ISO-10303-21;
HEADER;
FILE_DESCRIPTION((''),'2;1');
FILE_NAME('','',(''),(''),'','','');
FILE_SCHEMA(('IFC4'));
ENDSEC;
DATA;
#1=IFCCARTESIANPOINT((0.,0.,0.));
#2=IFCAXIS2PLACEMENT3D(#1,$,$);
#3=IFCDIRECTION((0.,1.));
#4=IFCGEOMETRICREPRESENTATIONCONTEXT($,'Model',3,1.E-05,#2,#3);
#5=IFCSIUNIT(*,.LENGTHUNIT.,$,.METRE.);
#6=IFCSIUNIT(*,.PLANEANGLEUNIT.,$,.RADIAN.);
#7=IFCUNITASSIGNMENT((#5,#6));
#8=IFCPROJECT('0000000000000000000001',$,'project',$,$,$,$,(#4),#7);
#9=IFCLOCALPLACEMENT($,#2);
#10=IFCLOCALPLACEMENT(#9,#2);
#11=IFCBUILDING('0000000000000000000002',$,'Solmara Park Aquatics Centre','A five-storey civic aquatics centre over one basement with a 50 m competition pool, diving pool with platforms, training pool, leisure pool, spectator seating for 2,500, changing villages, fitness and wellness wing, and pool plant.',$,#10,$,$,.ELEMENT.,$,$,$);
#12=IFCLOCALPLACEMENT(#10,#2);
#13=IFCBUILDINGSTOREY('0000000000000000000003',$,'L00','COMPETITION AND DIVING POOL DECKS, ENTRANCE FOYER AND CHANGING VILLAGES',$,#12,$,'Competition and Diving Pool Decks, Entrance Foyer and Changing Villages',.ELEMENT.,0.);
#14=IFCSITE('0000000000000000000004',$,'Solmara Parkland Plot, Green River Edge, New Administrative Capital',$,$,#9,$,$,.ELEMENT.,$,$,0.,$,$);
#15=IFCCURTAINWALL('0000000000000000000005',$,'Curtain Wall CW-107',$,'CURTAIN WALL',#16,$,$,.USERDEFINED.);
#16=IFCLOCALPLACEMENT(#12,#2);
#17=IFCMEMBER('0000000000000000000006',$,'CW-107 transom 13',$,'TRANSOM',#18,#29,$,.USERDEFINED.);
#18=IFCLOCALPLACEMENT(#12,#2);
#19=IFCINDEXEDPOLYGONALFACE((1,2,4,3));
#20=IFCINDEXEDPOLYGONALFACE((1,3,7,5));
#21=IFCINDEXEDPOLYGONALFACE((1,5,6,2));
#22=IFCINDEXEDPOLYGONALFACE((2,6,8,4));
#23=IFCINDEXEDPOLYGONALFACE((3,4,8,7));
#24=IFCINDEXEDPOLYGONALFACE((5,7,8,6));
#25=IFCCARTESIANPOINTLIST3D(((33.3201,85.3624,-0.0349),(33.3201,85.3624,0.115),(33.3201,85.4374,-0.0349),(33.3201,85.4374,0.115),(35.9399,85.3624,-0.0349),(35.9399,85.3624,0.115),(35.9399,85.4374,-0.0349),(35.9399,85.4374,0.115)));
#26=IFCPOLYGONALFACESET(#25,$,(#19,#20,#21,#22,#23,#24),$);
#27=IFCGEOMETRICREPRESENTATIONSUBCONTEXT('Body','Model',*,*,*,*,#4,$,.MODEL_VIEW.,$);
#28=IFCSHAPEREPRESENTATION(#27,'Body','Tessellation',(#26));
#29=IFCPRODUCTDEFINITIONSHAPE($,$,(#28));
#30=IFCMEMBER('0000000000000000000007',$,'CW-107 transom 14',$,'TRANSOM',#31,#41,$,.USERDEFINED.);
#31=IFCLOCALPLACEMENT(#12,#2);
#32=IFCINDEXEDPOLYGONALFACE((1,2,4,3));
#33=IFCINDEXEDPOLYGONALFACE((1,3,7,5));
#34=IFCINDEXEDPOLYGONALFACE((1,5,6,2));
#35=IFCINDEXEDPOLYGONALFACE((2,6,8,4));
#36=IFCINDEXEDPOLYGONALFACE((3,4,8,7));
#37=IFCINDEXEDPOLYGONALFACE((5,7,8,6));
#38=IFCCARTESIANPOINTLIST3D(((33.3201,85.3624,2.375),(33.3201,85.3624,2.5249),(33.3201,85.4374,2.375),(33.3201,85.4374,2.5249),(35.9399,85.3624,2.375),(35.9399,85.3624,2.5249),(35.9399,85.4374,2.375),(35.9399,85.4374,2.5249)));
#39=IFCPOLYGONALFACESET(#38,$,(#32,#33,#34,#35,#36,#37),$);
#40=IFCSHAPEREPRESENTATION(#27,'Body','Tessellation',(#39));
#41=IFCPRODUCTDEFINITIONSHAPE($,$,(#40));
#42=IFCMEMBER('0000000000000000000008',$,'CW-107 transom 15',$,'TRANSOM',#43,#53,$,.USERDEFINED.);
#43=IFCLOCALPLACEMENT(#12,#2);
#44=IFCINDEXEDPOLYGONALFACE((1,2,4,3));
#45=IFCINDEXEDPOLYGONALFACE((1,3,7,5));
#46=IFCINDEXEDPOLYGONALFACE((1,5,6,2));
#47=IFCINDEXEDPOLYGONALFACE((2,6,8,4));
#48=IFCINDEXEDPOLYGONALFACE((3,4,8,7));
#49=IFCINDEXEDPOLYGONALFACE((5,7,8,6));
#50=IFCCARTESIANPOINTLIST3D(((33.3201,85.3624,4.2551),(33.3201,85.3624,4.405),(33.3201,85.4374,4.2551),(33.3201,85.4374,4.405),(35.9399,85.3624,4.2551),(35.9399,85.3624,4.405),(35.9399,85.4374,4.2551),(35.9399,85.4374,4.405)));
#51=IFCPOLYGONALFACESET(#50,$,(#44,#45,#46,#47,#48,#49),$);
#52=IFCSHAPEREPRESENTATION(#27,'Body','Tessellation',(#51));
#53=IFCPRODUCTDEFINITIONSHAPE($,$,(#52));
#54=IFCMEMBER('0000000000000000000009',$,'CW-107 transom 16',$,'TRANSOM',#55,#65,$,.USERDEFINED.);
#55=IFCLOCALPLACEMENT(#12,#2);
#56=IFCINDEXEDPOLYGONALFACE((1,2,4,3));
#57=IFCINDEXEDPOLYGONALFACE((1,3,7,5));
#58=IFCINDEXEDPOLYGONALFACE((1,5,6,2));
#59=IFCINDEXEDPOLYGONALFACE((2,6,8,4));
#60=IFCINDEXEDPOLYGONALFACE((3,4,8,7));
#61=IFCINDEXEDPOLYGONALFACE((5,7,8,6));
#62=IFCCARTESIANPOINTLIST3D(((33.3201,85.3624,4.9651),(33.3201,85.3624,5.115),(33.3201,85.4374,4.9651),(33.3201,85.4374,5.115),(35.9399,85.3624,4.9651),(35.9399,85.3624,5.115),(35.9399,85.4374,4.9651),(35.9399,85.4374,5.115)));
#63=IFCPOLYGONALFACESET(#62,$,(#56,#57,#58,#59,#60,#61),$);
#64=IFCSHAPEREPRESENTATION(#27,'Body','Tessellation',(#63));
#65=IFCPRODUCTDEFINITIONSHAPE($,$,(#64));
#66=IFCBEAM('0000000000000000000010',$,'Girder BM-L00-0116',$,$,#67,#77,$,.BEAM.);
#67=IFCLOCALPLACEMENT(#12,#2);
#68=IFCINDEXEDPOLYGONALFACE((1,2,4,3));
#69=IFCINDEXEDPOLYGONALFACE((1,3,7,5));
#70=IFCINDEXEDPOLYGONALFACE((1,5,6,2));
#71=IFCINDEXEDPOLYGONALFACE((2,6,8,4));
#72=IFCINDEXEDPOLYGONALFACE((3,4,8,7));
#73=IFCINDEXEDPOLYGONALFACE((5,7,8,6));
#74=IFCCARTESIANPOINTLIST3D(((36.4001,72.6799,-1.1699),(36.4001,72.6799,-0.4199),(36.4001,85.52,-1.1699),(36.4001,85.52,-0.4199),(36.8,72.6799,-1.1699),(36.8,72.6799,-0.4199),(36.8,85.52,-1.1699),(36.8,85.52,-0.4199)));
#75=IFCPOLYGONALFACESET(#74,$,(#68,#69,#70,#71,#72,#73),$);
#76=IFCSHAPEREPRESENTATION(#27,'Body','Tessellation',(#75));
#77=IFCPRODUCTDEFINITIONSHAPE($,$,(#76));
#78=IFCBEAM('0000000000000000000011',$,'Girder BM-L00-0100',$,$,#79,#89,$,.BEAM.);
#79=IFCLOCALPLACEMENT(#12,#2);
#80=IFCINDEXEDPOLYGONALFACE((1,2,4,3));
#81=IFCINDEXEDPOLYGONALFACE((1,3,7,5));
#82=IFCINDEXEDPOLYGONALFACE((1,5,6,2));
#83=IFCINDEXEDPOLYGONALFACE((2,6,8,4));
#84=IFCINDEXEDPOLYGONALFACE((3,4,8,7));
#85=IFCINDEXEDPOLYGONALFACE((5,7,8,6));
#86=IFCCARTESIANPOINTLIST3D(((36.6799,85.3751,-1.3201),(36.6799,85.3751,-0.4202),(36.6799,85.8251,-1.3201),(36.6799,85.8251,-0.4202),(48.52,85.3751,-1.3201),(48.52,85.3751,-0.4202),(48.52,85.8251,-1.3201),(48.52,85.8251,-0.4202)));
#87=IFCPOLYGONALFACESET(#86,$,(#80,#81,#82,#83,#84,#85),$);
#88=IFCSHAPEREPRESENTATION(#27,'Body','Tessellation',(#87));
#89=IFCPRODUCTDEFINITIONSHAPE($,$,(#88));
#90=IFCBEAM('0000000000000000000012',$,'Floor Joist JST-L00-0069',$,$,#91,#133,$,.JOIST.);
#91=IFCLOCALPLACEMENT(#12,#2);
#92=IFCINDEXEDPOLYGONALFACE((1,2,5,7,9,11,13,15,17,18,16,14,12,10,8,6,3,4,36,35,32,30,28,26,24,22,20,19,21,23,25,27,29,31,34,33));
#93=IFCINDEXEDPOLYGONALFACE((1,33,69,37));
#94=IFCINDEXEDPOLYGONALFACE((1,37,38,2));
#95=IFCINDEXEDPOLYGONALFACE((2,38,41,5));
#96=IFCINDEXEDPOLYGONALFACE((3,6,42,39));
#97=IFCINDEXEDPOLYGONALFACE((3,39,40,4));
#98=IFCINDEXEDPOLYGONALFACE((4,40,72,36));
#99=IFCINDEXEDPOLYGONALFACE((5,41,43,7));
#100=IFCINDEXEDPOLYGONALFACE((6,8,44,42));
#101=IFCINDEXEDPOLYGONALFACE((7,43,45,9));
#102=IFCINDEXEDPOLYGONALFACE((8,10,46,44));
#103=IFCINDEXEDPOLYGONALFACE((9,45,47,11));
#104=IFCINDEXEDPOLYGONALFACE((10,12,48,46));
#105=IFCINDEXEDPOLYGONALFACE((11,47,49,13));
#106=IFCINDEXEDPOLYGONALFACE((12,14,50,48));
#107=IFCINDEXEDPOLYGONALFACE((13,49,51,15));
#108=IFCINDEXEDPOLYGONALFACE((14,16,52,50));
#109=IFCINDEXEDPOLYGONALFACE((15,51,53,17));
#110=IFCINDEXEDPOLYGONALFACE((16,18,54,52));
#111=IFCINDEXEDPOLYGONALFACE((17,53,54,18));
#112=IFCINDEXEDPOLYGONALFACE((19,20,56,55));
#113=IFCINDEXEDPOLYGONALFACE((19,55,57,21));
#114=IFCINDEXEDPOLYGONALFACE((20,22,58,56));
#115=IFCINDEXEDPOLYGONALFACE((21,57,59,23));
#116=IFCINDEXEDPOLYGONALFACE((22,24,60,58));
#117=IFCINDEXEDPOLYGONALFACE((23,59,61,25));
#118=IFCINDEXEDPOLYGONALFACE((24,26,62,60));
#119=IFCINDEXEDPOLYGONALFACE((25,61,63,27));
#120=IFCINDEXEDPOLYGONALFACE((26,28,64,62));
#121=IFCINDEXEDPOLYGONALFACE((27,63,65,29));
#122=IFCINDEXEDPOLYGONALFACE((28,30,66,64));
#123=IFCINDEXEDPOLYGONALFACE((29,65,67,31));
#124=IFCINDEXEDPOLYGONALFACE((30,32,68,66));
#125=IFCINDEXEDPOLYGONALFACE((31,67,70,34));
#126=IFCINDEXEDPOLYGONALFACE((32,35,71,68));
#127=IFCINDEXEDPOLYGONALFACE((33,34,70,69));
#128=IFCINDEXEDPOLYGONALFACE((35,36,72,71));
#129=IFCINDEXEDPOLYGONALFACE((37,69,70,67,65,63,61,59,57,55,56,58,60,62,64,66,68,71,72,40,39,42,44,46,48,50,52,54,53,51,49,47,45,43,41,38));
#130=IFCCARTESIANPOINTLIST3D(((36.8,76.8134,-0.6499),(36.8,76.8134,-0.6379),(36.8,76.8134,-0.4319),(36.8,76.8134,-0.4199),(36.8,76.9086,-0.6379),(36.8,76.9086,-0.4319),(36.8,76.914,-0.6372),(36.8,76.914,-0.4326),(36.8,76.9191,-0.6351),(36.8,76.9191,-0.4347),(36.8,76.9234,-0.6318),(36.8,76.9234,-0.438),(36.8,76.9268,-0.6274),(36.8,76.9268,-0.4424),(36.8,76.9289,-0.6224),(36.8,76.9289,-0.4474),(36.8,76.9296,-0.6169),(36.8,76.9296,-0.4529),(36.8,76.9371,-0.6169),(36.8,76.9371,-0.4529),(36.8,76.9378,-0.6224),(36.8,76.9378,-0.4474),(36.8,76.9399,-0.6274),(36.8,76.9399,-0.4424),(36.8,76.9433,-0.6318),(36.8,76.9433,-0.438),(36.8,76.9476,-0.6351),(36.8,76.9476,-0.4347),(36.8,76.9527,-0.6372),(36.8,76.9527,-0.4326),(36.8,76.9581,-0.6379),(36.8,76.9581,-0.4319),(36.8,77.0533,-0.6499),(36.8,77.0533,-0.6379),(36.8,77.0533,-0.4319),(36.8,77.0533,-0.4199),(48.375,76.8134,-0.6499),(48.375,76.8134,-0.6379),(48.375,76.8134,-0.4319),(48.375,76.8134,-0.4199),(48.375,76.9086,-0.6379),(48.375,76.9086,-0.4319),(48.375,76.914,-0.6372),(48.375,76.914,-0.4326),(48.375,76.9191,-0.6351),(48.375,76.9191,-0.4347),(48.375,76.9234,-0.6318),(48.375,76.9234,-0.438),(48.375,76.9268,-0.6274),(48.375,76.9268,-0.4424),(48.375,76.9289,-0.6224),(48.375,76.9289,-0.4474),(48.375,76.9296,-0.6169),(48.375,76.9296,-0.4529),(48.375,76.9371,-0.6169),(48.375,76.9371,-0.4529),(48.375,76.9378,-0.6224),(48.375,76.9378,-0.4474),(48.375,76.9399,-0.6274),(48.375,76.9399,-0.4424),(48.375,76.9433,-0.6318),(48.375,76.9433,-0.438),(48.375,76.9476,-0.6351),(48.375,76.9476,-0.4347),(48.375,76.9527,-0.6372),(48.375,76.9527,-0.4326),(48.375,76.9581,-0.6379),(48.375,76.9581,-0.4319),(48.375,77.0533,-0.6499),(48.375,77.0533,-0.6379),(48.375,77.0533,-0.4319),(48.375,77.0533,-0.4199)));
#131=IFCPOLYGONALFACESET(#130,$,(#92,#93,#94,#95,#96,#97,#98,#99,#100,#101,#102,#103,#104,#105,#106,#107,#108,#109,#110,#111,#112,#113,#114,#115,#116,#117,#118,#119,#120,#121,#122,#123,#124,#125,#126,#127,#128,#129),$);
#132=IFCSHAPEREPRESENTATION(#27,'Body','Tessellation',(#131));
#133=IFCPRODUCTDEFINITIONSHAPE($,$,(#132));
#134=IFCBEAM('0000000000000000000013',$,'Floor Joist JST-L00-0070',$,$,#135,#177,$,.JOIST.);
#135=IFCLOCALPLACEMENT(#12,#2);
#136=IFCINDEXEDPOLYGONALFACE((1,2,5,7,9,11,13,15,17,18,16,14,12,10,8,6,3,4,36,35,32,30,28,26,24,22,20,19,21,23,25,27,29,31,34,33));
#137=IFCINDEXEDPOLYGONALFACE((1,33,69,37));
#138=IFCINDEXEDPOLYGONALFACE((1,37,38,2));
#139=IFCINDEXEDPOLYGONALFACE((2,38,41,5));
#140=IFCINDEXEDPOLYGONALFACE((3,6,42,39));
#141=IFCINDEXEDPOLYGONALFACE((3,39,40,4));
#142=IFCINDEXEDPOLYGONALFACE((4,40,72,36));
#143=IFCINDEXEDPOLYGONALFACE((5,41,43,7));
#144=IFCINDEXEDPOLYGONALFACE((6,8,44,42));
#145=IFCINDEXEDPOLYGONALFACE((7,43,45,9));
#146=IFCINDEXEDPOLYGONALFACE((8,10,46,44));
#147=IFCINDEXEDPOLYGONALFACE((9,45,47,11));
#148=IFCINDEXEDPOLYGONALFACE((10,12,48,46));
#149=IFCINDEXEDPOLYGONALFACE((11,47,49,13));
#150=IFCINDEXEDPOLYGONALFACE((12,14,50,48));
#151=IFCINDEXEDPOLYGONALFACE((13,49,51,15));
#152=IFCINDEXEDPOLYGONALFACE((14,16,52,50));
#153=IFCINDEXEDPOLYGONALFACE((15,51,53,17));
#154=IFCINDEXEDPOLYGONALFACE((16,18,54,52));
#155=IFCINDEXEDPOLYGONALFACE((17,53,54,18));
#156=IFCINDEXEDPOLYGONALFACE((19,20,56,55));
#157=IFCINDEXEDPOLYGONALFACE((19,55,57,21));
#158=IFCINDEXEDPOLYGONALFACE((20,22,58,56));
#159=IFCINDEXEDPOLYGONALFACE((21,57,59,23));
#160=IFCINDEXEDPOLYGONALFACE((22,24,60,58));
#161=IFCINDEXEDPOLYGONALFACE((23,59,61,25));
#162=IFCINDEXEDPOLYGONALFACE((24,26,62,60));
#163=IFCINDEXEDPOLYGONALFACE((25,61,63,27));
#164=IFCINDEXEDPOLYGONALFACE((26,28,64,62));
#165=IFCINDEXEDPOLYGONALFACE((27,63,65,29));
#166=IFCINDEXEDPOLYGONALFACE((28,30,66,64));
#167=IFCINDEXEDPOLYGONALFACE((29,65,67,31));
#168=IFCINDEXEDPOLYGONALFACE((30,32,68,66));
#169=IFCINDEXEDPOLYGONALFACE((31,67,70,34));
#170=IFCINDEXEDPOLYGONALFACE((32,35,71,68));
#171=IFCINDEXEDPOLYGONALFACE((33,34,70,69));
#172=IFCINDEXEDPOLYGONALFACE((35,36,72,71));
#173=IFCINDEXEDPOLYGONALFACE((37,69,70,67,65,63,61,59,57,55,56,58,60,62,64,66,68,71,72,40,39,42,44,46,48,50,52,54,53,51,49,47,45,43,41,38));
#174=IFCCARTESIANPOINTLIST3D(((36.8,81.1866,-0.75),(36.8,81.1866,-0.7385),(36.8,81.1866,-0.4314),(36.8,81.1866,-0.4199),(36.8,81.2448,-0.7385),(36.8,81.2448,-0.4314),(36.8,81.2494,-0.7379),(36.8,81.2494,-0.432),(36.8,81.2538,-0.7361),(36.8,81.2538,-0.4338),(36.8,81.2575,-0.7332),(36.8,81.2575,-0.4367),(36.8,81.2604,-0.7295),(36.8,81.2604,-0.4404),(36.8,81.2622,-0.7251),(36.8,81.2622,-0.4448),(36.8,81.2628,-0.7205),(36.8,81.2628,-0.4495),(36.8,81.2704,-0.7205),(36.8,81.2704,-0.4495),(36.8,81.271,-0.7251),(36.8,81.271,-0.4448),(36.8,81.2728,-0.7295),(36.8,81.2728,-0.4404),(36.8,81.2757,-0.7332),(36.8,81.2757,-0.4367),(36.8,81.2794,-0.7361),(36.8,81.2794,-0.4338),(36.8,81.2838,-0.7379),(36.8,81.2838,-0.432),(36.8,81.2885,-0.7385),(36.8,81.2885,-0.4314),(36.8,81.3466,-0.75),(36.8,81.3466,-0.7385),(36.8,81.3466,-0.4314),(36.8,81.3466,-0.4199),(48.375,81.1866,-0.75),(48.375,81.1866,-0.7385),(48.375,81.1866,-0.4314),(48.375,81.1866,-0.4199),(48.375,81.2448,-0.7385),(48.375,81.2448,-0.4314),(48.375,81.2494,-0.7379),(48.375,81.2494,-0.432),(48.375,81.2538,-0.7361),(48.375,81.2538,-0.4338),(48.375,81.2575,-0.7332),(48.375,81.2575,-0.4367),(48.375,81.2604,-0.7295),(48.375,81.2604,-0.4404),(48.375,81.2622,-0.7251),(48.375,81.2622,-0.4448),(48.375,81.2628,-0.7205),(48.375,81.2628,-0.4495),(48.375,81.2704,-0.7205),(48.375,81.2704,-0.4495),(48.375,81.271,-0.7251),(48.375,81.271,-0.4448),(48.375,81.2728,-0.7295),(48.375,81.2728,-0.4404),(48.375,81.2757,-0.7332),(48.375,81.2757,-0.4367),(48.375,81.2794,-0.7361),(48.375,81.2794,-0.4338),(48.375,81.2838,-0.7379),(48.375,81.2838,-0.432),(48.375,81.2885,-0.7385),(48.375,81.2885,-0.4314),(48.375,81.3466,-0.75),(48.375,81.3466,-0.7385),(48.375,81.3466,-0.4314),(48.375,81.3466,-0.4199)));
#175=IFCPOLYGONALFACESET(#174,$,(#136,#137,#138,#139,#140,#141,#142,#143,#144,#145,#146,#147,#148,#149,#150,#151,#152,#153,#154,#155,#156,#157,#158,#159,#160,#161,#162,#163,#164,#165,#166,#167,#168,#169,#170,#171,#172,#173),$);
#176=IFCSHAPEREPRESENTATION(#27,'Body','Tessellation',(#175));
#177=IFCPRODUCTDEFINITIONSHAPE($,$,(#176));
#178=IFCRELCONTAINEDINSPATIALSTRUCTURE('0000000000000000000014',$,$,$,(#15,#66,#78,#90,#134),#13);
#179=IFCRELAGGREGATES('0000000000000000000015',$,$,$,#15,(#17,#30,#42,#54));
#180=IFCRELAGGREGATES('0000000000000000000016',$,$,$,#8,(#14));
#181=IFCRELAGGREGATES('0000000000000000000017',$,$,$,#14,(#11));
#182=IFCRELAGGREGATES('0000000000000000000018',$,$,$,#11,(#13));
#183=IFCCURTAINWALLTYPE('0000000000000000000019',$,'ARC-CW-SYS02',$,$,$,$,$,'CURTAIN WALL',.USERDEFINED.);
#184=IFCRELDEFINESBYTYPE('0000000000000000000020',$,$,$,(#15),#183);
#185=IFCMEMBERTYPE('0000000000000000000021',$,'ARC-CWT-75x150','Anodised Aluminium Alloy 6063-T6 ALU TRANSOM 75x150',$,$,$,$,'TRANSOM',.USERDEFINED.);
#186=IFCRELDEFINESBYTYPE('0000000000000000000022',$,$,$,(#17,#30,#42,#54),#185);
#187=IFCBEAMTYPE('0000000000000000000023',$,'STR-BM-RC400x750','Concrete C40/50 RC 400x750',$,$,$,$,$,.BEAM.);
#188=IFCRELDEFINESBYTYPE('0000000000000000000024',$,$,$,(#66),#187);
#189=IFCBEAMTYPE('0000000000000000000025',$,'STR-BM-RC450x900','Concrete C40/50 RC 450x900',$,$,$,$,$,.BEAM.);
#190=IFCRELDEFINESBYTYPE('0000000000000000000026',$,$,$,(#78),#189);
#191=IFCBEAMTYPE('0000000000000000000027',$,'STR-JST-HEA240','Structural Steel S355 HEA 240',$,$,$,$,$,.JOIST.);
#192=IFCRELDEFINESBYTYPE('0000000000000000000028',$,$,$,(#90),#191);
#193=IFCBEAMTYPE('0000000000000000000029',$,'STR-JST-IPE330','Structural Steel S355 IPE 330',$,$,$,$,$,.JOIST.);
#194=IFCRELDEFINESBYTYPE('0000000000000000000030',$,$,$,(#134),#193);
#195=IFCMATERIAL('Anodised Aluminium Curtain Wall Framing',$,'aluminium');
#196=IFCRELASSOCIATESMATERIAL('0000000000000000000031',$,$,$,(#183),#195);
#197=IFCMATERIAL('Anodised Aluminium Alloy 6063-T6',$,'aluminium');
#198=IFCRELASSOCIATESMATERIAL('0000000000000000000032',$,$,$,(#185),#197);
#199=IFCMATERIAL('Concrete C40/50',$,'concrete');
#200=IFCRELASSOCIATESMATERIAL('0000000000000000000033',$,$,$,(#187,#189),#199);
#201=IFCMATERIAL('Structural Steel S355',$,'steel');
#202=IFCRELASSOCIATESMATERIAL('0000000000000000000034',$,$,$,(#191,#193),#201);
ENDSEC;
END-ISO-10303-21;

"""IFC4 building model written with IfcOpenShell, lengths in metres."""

from ifc_helpers import new_model, si_unit, direction, frame, origin, origin_2d, place, context, subcontext, project, spatial, rectangle, i_section, extrude, material, material_profile, profile_set, type_object, element, aggregate, save


model = new_model("IFC4")

# Units and contexts
model_context = context("Model", 3, precision=1e-05, world=origin(), true_north=direction((0.0, 1.0)))
body_context = subcontext(model_context, "Body", "Model", "MODEL_VIEW")
ifc_project = project(units=[si_unit("LENGTHUNIT", "METRE"), si_unit("PLANEANGLEUNIT", "RADIAN")], contexts=[model_context])

# Site, building, storey
site_placement = place(None, origin())
site = spatial("IfcSite", under=ifc_project, at=site_placement, Name="Solmara Parkland Plot, Green River Edge, New Administrative Capital", CompositionType="ELEMENT", RefElevation=0.0)
building_placement = place(site_placement, origin())
building = spatial("IfcBuilding", under=site, at=building_placement, Name="Solmara Park Aquatics Centre", Description="A five-storey civic aquatics centre over one basement with a 50 m competition pool, diving pool with platforms, training pool, leisure pool, spectator seating for 2,500, changing villages, fitness and wellness wing, and pool plant.", CompositionType="ELEMENT")
storey_placement = place(building_placement, origin())
storey = spatial("IfcBuildingStorey", under=building, at=storey_placement, Name="L00", Description="COMPETITION AND DIVING POOL DECKS, ENTRANCE FOYER AND CHANGING VILLAGES", LongName="Competition and Diving Pool Decks, Entrance Foyer and Changing Villages", CompositionType="ELEMENT", Elevation=0.0)

# Shared definitions
ifc_material_1 = material(Name="Concrete C40/50", Category="concrete")

# Curtain wall
ifc_material_2 = material(Name="Anodised Aluminium Curtain Wall Framing", Category="aluminium")
curtain_wall_type = type_object("IfcCurtainWallType", Name="ARC-CW-SYS02", ElementType="CURTAIN WALL", PredefinedType="USERDEFINED", material=ifc_material_2)
curtain_wall_1_placement = place(storey_placement, origin())
curtain_wall_1 = element("IfcCurtainWall", 1, at=curtain_wall_1_placement, inside=storey, type_object=curtain_wall_type, Name="Curtain Wall CW-107", ObjectType="CURTAIN WALL", PredefinedType="USERDEFINED")
ifc_material_3 = material(Name="Anodised Aluminium Alloy 6063-T6", Category="aluminium")

# Members
ifc_material_profile_1 = material_profile(ifc_material_3, rectangle(XDim=0.075, YDim=0.1499, at=origin_2d()), Name="ALU TRANSOM 75x150")
ifc_profile_set_1 = profile_set([ifc_material_profile_1], Name="Anodised Aluminium Alloy 6063-T6")
member_type_1 = type_object("IfcMemberType", Name="ARC-CWT-75x150", Description="Anodised Aluminium Alloy 6063-T6 ALU TRANSOM 75x150", ElementType="TRANSOM", PredefinedType="USERDEFINED", material=ifc_profile_set_1)
member_1_placement = place(storey_placement, frame((33.3201, 85.3999, 0.04), z_axis=(1.0, 0.0, 0.0), x_axis=(0.0, 1.0, 0.0)))
member_1 = element("IfcMember", 2, at=member_1_placement, type_object=member_type_1, Name="CW-107 transom 13", ObjectType="TRANSOM", PredefinedType="USERDEFINED", context=body_context, shape_type="SweptSolid", body=[
    extrude(rectangle(XDim=0.075, YDim=0.1499, at=origin_2d()), origin(), (0.0, 0.0, 1.0), 2.6199),
])
member_2_placement = place(storey_placement, frame((33.3201, 85.3999, 2.45), z_axis=(1.0, 0.0, 0.0), x_axis=(0.0, 1.0, 0.0)))
member_2 = element("IfcMember", 3, at=member_2_placement, type_object=member_type_1, Name="CW-107 transom 14", ObjectType="TRANSOM", PredefinedType="USERDEFINED", context=body_context, shape_type="SweptSolid", body=[
    extrude(rectangle(XDim=0.075, YDim=0.1499, at=origin_2d()), origin(), (0.0, 0.0, 1.0), 2.6199),
])
member_3_placement = place(storey_placement, frame((33.3201, 85.3999, 4.3301), z_axis=(1.0, 0.0, 0.0), x_axis=(0.0, 1.0, 0.0)))
member_3 = element("IfcMember", 4, at=member_3_placement, type_object=member_type_1, Name="CW-107 transom 15", ObjectType="TRANSOM", PredefinedType="USERDEFINED", context=body_context, shape_type="SweptSolid", body=[
    extrude(rectangle(XDim=0.075, YDim=0.1499, at=origin_2d()), origin(), (0.0, 0.0, 1.0), 2.6199),
])
member_4_placement = place(storey_placement, frame((33.3201, 85.3999, 5.04), z_axis=(1.0, 0.0, 0.0), x_axis=(0.0, 1.0, 0.0)))
member_4 = element("IfcMember", 5, at=member_4_placement, type_object=member_type_1, Name="CW-107 transom 16", ObjectType="TRANSOM", PredefinedType="USERDEFINED", context=body_context, shape_type="SweptSolid", body=[
    extrude(rectangle(XDim=0.075, YDim=0.1499, at=origin_2d()), origin(), (0.0, 0.0, 1.0), 2.6199),
])

# Beams
ifc_material_profile_2 = material_profile(ifc_material_1, rectangle(XDim=0.3999, YDim=0.75, at=origin_2d()), Name="RC 400x750")
ifc_profile_set_2 = profile_set([ifc_material_profile_2], Name="Concrete C40/50")
beam_type_1 = type_object("IfcBeamType", Name="STR-BM-RC400x750", Description="Concrete C40/50 RC 400x750", PredefinedType="BEAM", material=ifc_profile_set_2)
beam_1_placement = place(storey_placement, frame((36.6001, 72.6799, -0.7949), z_axis=(0.0, 1.0, 0.0), x_axis=(-1.0, 0.0, 0.0)))
element("IfcBeam", 6, at=beam_1_placement, inside=storey, type_object=beam_type_1, Name="Girder BM-L00-0116", PredefinedType="BEAM", context=body_context, shape_type="SweptSolid", body=[
    extrude(rectangle(XDim=0.3999, YDim=0.75, at=origin_2d()), origin(), (0.0, 0.0, 1.0), 12.8401),
])
ifc_material_profile_3 = material_profile(ifc_material_1, rectangle(XDim=0.45, YDim=0.8999, at=origin_2d()), Name="RC 450x900")
ifc_profile_set_3 = profile_set([ifc_material_profile_3], Name="Concrete C40/50")
beam_type_2 = type_object("IfcBeamType", Name="STR-BM-RC450x900", Description="Concrete C40/50 RC 450x900", PredefinedType="BEAM", material=ifc_profile_set_3)
beam_2_placement = place(storey_placement, frame((36.6799, 85.6001, -0.8701), z_axis=(1.0, 0.0, 0.0), x_axis=(0.0, 1.0, 0.0)))
element("IfcBeam", 7, at=beam_2_placement, inside=storey, type_object=beam_type_2, Name="Girder BM-L00-0100", PredefinedType="BEAM", context=body_context, shape_type="SweptSolid", body=[
    extrude(rectangle(XDim=0.45, YDim=0.8999, at=origin_2d()), origin(), (0.0, 0.0, 1.0), 11.8401),
])
ifc_material_4 = material(Name="Structural Steel S355", Category="steel")
ifc_material_profile_4 = material_profile(ifc_material_4, i_section(OverallWidth=0.24, OverallDepth=0.23, WebThickness=0.0076, FlangeThickness=0.012, FilletRadius=0.021, at=origin_2d()), Name="HEA 240")
ifc_profile_set_4 = profile_set([ifc_material_profile_4], Name="Structural Steel S355")
beam_type_3 = type_object("IfcBeamType", Name="STR-JST-HEA240", Description="Structural Steel S355 HEA 240", PredefinedType="JOIST", material=ifc_profile_set_4)
beam_3_placement = place(storey_placement, frame((36.8, 76.9333, -0.5349), z_axis=(1.0, 0.0, 0.0), x_axis=(0.0, 1.0, 0.0)))
element("IfcBeam", 8, at=beam_3_placement, inside=storey, type_object=beam_type_3, Name="Floor Joist JST-L00-0069", PredefinedType="JOIST", context=body_context, shape_type="SweptSolid", body=[
    extrude(i_section(OverallWidth=0.24, OverallDepth=0.23, WebThickness=0.0076, FlangeThickness=0.012, FilletRadius=0.021, at=origin_2d()), origin(), (0.0, 0.0, 1.0), 11.575),
])
ifc_material_profile_5 = material_profile(ifc_material_4, i_section(OverallWidth=0.1599, OverallDepth=0.3301, WebThickness=0.0076, FlangeThickness=0.0115, FilletRadius=0.0181, at=origin_2d()), Name="IPE 330")
ifc_profile_set_5 = profile_set([ifc_material_profile_5], Name="Structural Steel S355")
beam_type_4 = type_object("IfcBeamType", Name="STR-JST-IPE330", Description="Structural Steel S355 IPE 330", PredefinedType="JOIST", material=ifc_profile_set_5)
beam_4_placement = place(storey_placement, frame((36.8, 81.2666, -0.585), z_axis=(1.0, 0.0, 0.0), x_axis=(0.0, 1.0, 0.0)))
element("IfcBeam", 9, at=beam_4_placement, inside=storey, type_object=beam_type_4, Name="Floor Joist JST-L00-0070", PredefinedType="JOIST", context=body_context, shape_type="SweptSolid", body=[
    extrude(i_section(OverallWidth=0.1599, OverallDepth=0.3301, WebThickness=0.0076, FlangeThickness=0.0115, FilletRadius=0.0181, at=origin_2d()), origin(), (0.0, 0.0, 1.0), 11.575),
])

aggregate(curtain_wall_1, [member_1, member_2, member_3, member_4])

save(model, "model.ifc")
